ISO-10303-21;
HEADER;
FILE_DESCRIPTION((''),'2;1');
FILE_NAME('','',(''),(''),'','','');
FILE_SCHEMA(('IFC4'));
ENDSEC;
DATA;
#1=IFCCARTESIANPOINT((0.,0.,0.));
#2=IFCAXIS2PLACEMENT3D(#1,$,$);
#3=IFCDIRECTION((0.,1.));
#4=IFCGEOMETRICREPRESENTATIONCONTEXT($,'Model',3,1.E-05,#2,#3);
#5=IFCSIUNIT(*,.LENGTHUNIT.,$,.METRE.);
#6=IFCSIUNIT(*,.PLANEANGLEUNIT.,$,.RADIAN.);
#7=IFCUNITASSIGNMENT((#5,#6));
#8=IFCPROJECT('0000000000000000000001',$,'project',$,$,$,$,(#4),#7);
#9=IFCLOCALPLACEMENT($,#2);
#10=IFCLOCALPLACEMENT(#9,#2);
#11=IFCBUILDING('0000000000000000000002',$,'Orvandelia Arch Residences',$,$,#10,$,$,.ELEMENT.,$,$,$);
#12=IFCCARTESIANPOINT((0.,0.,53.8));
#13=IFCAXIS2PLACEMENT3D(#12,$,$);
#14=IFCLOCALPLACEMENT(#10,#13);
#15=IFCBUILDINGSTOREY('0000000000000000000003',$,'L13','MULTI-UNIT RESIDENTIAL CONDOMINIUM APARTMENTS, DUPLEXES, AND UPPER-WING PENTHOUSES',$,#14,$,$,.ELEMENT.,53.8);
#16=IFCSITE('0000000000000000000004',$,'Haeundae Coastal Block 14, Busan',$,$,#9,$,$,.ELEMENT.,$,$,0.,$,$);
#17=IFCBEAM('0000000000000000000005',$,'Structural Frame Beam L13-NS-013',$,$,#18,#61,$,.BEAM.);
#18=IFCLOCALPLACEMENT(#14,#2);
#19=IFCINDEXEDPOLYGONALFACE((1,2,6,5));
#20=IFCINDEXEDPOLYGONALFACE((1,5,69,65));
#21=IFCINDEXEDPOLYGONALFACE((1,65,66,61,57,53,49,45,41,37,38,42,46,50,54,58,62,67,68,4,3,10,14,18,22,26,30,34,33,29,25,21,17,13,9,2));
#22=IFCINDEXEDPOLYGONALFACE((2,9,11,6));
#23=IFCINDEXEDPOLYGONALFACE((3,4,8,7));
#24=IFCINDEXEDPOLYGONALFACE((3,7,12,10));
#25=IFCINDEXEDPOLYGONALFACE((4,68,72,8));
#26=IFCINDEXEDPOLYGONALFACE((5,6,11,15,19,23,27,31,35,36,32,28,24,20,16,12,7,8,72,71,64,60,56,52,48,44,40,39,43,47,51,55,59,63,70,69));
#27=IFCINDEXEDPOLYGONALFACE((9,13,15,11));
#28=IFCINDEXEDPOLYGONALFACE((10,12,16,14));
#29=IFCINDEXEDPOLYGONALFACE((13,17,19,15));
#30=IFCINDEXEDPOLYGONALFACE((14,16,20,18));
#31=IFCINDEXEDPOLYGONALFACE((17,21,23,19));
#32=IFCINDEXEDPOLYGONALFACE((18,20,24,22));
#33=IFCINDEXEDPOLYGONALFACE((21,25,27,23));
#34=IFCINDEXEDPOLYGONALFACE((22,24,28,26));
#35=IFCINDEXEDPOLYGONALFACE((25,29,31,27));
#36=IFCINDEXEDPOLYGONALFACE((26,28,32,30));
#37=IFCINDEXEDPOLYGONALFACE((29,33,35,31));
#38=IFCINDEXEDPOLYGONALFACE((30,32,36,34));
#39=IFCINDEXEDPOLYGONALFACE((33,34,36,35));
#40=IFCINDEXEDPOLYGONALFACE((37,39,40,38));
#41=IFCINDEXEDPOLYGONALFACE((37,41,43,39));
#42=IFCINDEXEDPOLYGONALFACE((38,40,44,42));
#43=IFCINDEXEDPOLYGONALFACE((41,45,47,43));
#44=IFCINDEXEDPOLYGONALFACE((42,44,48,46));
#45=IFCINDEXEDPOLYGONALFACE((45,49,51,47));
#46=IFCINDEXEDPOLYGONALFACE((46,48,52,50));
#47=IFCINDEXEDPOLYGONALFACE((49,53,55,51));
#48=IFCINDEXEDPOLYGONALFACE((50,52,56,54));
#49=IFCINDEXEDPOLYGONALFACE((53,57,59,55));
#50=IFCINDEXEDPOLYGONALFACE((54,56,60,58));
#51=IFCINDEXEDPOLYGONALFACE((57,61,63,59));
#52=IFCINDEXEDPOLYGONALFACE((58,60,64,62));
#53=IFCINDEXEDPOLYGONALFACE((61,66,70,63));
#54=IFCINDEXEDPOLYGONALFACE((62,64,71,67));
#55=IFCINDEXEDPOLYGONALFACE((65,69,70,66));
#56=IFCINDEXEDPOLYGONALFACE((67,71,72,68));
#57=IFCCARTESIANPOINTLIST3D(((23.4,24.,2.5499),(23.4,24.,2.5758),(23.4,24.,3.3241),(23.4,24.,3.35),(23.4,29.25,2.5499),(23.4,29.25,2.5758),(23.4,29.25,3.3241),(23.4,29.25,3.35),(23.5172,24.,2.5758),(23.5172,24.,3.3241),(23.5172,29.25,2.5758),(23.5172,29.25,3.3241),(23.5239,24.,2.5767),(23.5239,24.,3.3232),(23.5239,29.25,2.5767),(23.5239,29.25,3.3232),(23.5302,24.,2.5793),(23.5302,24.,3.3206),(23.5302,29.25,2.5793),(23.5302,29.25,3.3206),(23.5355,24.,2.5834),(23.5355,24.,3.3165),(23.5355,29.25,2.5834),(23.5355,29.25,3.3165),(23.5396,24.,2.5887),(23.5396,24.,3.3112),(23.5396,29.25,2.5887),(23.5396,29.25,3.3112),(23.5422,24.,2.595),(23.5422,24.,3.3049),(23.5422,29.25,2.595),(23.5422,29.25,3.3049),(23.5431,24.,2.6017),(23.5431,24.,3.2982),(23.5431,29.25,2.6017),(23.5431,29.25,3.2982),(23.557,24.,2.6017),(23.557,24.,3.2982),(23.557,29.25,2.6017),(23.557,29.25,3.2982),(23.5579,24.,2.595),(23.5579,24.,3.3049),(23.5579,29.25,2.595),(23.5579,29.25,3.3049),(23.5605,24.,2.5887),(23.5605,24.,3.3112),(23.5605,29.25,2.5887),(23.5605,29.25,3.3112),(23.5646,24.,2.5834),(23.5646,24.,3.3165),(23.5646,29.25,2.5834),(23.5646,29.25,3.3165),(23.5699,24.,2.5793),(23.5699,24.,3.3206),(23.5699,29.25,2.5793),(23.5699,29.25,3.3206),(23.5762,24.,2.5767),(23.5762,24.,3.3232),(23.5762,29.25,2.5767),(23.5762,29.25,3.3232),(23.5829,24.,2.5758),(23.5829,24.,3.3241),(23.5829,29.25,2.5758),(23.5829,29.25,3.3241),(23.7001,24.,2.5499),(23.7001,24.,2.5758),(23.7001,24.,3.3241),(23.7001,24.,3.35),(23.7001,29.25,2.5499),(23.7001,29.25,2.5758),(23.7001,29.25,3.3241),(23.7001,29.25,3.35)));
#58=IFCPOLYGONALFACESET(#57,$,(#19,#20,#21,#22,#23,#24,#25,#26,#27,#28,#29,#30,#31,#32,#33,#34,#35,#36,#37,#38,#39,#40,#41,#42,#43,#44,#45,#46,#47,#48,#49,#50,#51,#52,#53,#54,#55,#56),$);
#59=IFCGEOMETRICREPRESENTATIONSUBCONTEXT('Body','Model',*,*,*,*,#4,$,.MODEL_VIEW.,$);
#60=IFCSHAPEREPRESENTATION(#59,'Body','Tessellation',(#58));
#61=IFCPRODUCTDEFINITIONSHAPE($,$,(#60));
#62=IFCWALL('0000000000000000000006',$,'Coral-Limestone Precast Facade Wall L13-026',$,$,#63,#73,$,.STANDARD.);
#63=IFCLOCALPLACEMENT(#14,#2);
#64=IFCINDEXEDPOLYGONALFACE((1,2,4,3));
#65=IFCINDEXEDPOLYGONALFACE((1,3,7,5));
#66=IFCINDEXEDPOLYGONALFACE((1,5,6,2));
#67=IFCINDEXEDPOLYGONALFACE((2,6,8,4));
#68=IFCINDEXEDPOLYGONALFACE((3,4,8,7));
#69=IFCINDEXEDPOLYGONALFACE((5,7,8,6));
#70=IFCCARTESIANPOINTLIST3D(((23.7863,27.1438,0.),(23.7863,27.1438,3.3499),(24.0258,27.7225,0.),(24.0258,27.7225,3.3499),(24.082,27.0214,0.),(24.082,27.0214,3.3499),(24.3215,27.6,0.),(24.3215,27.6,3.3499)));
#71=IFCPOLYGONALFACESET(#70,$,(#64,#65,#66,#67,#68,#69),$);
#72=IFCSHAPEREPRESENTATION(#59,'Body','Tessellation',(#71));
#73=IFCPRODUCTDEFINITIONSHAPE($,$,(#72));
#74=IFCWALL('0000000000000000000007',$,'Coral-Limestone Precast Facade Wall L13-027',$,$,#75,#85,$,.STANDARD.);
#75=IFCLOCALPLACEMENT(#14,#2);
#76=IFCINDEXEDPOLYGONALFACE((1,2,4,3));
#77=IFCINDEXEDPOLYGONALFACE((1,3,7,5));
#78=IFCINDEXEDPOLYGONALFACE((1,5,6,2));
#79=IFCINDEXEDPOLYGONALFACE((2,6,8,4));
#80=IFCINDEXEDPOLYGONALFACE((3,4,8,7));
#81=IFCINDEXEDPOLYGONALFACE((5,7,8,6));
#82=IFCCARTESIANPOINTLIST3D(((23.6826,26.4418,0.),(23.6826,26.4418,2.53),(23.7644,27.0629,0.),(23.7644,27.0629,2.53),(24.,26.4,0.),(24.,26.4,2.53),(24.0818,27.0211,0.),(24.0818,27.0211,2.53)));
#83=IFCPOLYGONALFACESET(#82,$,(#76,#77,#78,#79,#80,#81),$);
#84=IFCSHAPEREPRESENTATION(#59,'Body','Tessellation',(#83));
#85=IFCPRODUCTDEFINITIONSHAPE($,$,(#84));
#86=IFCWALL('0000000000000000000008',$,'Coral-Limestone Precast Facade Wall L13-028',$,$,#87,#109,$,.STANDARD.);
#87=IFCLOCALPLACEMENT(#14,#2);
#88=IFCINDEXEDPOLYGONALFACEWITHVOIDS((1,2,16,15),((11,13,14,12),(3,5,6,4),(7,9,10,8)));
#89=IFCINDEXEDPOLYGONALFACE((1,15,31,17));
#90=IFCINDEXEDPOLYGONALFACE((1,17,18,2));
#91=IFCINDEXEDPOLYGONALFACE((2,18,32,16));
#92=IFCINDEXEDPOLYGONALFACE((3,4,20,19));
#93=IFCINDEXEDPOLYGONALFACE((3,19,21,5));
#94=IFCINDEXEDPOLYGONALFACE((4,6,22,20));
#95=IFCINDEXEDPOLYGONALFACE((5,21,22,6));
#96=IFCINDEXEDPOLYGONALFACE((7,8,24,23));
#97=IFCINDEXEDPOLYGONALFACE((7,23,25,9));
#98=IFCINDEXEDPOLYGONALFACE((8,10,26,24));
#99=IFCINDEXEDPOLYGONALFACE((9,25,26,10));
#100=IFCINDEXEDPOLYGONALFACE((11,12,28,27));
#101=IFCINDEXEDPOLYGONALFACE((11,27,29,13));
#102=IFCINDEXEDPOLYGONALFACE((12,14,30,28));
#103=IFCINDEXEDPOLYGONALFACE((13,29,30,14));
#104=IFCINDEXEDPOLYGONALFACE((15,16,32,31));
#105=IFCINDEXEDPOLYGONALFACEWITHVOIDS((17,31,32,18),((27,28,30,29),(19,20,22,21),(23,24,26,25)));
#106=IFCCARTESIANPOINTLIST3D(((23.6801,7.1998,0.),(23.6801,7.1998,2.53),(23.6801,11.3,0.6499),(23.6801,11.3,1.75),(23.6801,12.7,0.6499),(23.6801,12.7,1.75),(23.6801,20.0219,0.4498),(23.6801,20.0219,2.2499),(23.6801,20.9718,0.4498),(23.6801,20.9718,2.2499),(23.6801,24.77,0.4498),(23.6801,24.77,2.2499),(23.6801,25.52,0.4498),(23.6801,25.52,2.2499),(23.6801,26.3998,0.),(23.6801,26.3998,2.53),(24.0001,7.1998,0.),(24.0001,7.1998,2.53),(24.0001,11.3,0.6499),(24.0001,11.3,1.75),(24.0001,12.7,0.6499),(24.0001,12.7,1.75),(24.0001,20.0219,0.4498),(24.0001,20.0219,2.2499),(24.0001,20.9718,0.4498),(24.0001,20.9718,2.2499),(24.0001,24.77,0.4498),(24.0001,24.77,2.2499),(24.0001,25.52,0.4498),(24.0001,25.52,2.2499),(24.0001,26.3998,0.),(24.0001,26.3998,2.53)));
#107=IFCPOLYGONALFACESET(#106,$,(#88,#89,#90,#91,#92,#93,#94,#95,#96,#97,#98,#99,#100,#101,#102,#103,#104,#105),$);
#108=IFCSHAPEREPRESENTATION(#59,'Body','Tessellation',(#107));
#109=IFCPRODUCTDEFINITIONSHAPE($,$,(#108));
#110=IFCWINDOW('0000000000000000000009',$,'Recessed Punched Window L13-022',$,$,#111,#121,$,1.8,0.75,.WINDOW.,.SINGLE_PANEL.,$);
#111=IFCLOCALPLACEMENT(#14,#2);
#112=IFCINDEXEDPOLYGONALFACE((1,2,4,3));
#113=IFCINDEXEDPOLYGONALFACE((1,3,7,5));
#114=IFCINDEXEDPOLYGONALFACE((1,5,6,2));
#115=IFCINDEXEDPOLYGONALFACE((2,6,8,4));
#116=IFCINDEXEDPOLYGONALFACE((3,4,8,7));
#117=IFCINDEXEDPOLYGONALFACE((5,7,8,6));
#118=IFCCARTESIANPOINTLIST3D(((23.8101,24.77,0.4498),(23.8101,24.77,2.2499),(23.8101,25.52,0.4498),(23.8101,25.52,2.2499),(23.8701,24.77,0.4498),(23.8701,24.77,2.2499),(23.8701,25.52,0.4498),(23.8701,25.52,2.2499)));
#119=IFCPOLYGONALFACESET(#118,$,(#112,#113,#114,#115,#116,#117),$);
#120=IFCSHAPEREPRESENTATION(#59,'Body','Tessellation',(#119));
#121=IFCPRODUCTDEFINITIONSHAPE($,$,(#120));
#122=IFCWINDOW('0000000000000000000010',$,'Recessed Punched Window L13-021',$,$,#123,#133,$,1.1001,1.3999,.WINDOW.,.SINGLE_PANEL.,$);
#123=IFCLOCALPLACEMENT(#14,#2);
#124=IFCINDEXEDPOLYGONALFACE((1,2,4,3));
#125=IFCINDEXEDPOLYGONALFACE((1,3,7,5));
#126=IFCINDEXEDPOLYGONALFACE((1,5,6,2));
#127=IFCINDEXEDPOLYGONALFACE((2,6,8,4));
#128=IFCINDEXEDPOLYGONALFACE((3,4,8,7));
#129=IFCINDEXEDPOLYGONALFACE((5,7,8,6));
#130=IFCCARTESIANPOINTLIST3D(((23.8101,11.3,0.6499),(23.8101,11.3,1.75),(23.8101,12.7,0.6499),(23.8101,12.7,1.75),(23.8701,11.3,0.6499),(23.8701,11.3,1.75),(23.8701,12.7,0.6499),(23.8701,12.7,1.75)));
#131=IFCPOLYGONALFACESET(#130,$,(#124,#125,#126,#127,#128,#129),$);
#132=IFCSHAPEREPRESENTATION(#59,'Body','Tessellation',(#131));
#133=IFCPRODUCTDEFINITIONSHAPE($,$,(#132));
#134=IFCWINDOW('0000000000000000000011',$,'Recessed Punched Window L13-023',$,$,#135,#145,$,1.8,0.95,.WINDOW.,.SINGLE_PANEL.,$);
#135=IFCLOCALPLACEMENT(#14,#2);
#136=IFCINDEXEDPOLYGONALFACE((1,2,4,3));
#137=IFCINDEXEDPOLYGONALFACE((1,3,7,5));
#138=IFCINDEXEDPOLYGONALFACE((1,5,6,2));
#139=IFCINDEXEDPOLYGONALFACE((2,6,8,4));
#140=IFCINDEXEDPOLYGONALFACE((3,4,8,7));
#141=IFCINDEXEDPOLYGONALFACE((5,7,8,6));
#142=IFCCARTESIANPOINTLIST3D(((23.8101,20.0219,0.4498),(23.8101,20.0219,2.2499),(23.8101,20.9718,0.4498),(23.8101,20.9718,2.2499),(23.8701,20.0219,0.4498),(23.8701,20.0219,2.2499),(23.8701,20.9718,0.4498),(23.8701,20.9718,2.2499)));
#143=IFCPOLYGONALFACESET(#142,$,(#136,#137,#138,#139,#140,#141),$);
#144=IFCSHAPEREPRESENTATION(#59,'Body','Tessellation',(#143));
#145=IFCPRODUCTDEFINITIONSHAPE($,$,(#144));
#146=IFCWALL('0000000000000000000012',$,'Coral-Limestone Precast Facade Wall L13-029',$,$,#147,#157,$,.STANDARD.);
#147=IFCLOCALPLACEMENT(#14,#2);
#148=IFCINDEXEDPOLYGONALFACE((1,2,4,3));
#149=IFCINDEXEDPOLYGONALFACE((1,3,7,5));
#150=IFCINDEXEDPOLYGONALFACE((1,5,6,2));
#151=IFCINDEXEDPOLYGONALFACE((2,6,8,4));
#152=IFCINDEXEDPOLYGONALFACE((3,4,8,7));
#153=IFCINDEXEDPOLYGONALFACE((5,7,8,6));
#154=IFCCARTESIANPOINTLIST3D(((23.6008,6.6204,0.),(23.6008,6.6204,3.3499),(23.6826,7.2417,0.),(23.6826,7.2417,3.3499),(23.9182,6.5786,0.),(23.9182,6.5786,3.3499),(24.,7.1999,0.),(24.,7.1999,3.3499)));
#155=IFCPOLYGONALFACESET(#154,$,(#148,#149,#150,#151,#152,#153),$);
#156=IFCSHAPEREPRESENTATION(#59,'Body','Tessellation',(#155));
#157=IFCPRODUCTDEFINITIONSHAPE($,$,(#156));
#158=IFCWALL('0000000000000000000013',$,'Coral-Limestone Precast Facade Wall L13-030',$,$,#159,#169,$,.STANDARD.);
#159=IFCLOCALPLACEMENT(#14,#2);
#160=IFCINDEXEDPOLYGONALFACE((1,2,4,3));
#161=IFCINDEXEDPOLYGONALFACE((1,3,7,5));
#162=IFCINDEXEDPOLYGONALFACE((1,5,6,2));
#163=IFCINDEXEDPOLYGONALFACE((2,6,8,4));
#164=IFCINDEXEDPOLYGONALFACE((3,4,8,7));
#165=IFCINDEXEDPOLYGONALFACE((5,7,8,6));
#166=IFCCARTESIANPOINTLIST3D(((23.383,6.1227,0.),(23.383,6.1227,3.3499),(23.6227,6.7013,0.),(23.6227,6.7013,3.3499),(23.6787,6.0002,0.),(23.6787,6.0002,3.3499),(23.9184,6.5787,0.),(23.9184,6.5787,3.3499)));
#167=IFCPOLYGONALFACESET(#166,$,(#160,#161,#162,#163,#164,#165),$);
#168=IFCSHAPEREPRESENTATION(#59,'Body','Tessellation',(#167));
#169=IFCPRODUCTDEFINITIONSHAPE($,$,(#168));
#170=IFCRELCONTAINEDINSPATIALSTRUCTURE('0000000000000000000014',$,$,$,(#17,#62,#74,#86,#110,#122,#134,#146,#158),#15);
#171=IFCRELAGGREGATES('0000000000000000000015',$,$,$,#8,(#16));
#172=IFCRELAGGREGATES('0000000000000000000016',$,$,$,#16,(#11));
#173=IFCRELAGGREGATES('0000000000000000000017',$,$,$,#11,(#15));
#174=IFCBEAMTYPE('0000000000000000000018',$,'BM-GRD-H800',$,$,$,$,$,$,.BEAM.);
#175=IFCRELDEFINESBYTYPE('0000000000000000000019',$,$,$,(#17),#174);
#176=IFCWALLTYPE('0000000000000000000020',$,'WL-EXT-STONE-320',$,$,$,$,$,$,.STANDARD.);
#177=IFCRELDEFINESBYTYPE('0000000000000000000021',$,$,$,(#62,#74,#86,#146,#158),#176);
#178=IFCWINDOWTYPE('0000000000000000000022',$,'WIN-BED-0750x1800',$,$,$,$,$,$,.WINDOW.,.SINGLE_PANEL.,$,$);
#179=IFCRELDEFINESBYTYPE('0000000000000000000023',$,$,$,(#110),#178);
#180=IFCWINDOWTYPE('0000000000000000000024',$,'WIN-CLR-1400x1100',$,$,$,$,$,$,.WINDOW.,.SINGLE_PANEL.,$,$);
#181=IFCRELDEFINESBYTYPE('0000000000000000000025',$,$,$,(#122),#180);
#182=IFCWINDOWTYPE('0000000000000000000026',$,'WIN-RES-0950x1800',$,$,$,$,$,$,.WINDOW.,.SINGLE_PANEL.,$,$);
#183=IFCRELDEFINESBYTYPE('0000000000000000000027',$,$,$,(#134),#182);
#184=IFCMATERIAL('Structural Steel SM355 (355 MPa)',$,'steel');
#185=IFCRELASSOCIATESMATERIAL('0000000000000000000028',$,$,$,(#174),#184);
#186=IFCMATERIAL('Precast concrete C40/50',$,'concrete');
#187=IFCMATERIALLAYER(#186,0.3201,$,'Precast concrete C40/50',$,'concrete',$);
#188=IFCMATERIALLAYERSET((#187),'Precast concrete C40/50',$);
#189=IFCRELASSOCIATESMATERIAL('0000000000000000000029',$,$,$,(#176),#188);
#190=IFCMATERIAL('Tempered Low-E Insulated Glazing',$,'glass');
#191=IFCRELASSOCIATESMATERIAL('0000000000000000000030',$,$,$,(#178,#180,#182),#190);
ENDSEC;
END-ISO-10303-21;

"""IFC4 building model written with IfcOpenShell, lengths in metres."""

from ifc_helpers import new_model, si_unit, direction, frame, frame_2d, origin, origin_2d, place, context, subcontext, project, spatial, rectangle, i_section, extrude, material, layer, layer_set, material_profile, profile_set, type_object, element, fill, save


model = new_model("IFC4")

# Units and contexts
model_context = context("Model", 3, precision=1e-05, world=origin(), true_north=direction((0.0, 1.0)))
body_context = subcontext(model_context, "Body", "Model", "MODEL_VIEW")
ifc_project = project(units=[si_unit("LENGTHUNIT", "METRE"), si_unit("PLANEANGLEUNIT", "RADIAN")], contexts=[model_context])

# Site, building, storey
site_placement = place(None, origin())
site = spatial("IfcSite", under=ifc_project, at=site_placement, Name="Haeundae Coastal Block 14, Busan", CompositionType="ELEMENT", RefElevation=0.0)
building_placement = place(site_placement, origin())
building = spatial("IfcBuilding", under=site, at=building_placement, Name="Orvandelia Arch Residences", CompositionType="ELEMENT")
storey_placement = place(building_placement, frame((0.0, 0.0, 53.8)))
storey = spatial("IfcBuildingStorey", under=building, at=storey_placement, Name="L13", Description="MULTI-UNIT RESIDENTIAL CONDOMINIUM APARTMENTS, DUPLEXES, AND UPPER-WING PENTHOUSES", CompositionType="ELEMENT", Elevation=53.8)

# Beam
ifc_material_1 = material(Name="Structural Steel SM355 (355 MPa)", Category="steel")
ifc_material_profile_1 = material_profile(ifc_material_1, i_section(OverallWidth=0.3, OverallDepth=0.8, WebThickness=0.0139, FlangeThickness=0.0259, FilletRadius=0.0259, at=origin_2d()), Name="Structural Steel SM355 (355 MPa)", Category="steel")
ifc_profile_set_1 = profile_set([ifc_material_profile_1], Name="Structural Steel SM355 (355 MPa)")
beam_type = type_object("IfcBeamType", Name="BM-GRD-H800", PredefinedType="BEAM", material=ifc_profile_set_1)
beam_1_placement = place(storey_placement, frame((23.55, 24.0, 2.95), z_axis=(0.0, 1.0, 0.0), x_axis=(-1.0, 0.0, 0.0)))
element("IfcBeam", 1, at=beam_1_placement, inside=storey, type_object=beam_type, Name="Structural Frame Beam L13-NS-013", PredefinedType="BEAM", context=body_context, shape_type="SweptSolid", body=[
    extrude(i_section(OverallWidth=0.3, OverallDepth=0.8, WebThickness=0.0139, FlangeThickness=0.0259, FilletRadius=0.0259, at=origin_2d()), origin(), (0.0, 0.0, 1.0), 5.25),
])

# Walls
ifc_material_2 = material(Name="Precast concrete C40/50", Category="concrete")
ifc_layer_1 = layer(ifc_material_2, 0.3201, Name="Precast concrete C40/50", Category="concrete")
ifc_layer_set_1 = layer_set([ifc_layer_1], Name="Precast concrete C40/50")
wall_type_1 = type_object("IfcWallType", Name="WL-EXT-STONE-320", PredefinedType="STANDARD", material=ifc_layer_set_1)
wall_1_placement = place(storey_placement, frame((24.1736, 27.6611, 0.0), z_axis=(0.0, 0.0, 1.0), x_axis=(-0.382455, -0.923974, 0.0)))
element("IfcWall", 2, at=wall_1_placement, inside=storey, type_object=wall_type_1, Name="Coral-Limestone Precast Facade Wall L13-026", PredefinedType="STANDARD", context=body_context, shape_type="SweptSolid", body=[
    extrude(rectangle(XDim=0.6262, YDim=0.3201, at=frame_2d((0.313, 0.0))), origin(), (0.0, 0.0, 1.0), 3.3499),
])
wall_2_placement = place(storey_placement, frame((23.9231, 27.042, 0.0), z_axis=(0.0, 0.0, 1.0), x_axis=(-0.130555, -0.991441, 0.0)))
element("IfcWall", 3, at=wall_2_placement, inside=storey, type_object=wall_type_1, Name="Coral-Limestone Precast Facade Wall L13-027", PredefinedType="STANDARD", context=body_context, shape_type="SweptSolid", body=[
    extrude(rectangle(XDim=0.6265, YDim=0.3201, at=frame_2d((0.3132, 0.0))), origin(), (0.0, 0.0, 1.0), 2.53),
])

# Wall, openings, windows
wall_3_placement = place(storey_placement, frame((23.8401, 26.3999, 0.0), z_axis=(0.0, 0.0, 1.0), x_axis=(0.0, -1.0, 0.0)))
wall_3 = element("IfcWall", 4, at=wall_3_placement, inside=storey, type_object=wall_type_1, Name="Coral-Limestone Precast Facade Wall L13-028", PredefinedType="STANDARD", context=body_context, shape_type="SweptSolid", body=[
    extrude(rectangle(XDim=19.2, YDim=0.3201, at=frame_2d((9.6001, 0.0))), origin(), (0.0, 0.0, 1.0), 2.53),
])
opening_1_placement = place(wall_3_placement, frame((13.7, 0.0, 0.6499)))
opening_1 = element("IfcOpeningElement", 5, at=opening_1_placement, cuts=wall_3, PredefinedType="OPENING", context=body_context, shape_type="SweptSolid", body=[
    extrude(rectangle(XDim=1.3999, YDim=1.1001, at=frame_2d((0.7, 0.55))), frame((0.0, 0.1699, 0.0), z_axis=(0.0, -1.0, 0.0), x_axis=(1.0, 0.0, 0.0)), (0.0, 0.0, 1.0), 0.3401),
])
opening_2_placement = place(wall_3_placement, frame((0.8799, 0.0, 0.45)))
opening_2 = element("IfcOpeningElement", 6, at=opening_2_placement, cuts=wall_3, PredefinedType="OPENING", context=body_context, shape_type="SweptSolid", body=[
    extrude(rectangle(XDim=0.75, YDim=1.8, at=frame_2d((0.375, 0.8999))), frame((0.0, 0.1699, 0.0), z_axis=(0.0, -1.0, 0.0), x_axis=(1.0, 0.0, 0.0)), (0.0, 0.0, 1.0), 0.3401),
])
opening_3_placement = place(wall_3_placement, frame((5.428, 0.0, 0.45)))
opening_3 = element("IfcOpeningElement", 7, at=opening_3_placement, cuts=wall_3, PredefinedType="OPENING", context=body_context, shape_type="SweptSolid", body=[
    extrude(rectangle(XDim=0.95, YDim=1.8, at=frame_2d((0.4751, 0.8999))), frame((0.0, 0.1699, 0.0), z_axis=(0.0, -1.0, 0.0), x_axis=(1.0, 0.0, 0.0)), (0.0, 0.0, 1.0), 0.3401),
])
ifc_material_3 = material(Name="Tempered Low-E Insulated Glazing", Category="glass")
window_type_1 = type_object("IfcWindowType", Name="WIN-BED-0750x1800", PartitioningType="SINGLE_PANEL", PredefinedType="WINDOW", material=ifc_material_3)
window_1_placement = place(opening_2_placement, origin())
window_1 = element("IfcWindow", 8, at=window_1_placement, inside=storey, type_object=window_type_1, Name="Recessed Punched Window L13-022", OverallHeight=1.8, OverallWidth=0.75, PartitioningType="SINGLE_PANEL", PredefinedType="WINDOW", context=body_context, shape_type="SweptSolid", body=[
    extrude(rectangle(XDim=0.75, YDim=1.8, at=frame_2d((0.375, 0.8999))), frame((0.0, 0.03, 0.0), z_axis=(0.0, -1.0, 0.0), x_axis=(1.0, 0.0, 0.0)), (0.0, 0.0, 1.0), 0.0601),
])
fill(opening_2, window_1)
window_type_2 = type_object("IfcWindowType", Name="WIN-CLR-1400x1100", PartitioningType="SINGLE_PANEL", PredefinedType="WINDOW", material=ifc_material_3)
window_2_placement = place(opening_1_placement, origin())
window_2 = element("IfcWindow", 9, at=window_2_placement, inside=storey, type_object=window_type_2, Name="Recessed Punched Window L13-021", OverallHeight=1.1001, OverallWidth=1.3999, PartitioningType="SINGLE_PANEL", PredefinedType="WINDOW", context=body_context, shape_type="SweptSolid", body=[
    extrude(rectangle(XDim=1.3999, YDim=1.1001, at=frame_2d((0.7, 0.55))), frame((0.0, 0.03, 0.0), z_axis=(0.0, -1.0, 0.0), x_axis=(1.0, 0.0, 0.0)), (0.0, 0.0, 1.0), 0.0601),
])
fill(opening_1, window_2)
window_type_3 = type_object("IfcWindowType", Name="WIN-RES-0950x1800", PartitioningType="SINGLE_PANEL", PredefinedType="WINDOW", material=ifc_material_3)
window_3_placement = place(opening_3_placement, origin())
window_3 = element("IfcWindow", 10, at=window_3_placement, inside=storey, type_object=window_type_3, Name="Recessed Punched Window L13-023", OverallHeight=1.8, OverallWidth=0.95, PartitioningType="SINGLE_PANEL", PredefinedType="WINDOW", context=body_context, shape_type="SweptSolid", body=[
    extrude(rectangle(XDim=0.95, YDim=1.8, at=frame_2d((0.4751, 0.8999))), frame((0.0, 0.03, 0.0), z_axis=(0.0, -1.0, 0.0), x_axis=(1.0, 0.0, 0.0)), (0.0, 0.0, 1.0), 0.0601),
])
fill(opening_3, window_3)

# Walls
wall_4_placement = place(storey_placement, frame((23.8413, 7.2209, 0.0), z_axis=(0.0, 0.0, 1.0), x_axis=(-0.130505, -0.991448, 0.0)))
element("IfcWall", 11, at=wall_4_placement, inside=storey, type_object=wall_type_1, Name="Coral-Limestone Precast Facade Wall L13-029", PredefinedType="STANDARD", context=body_context, shape_type="SweptSolid", body=[
    extrude(rectangle(XDim=0.6267, YDim=0.3201, at=frame_2d((0.3135, 0.0))), origin(), (0.0, 0.0, 1.0), 3.3499),
])
wall_5_placement = place(storey_placement, frame((23.7705, 6.6399, 0.0), z_axis=(0.0, 0.0, 1.0), x_axis=(-0.382788, -0.923836, 0.0)))
element("IfcWall", 12, at=wall_5_placement, inside=storey, type_object=wall_type_1, Name="Coral-Limestone Precast Facade Wall L13-030", PredefinedType="STANDARD", context=body_context, shape_type="SweptSolid", body=[
    extrude(rectangle(XDim=0.6262, YDim=0.3201, at=frame_2d((0.313, 0.0))), origin(), (0.0, 0.0, 1.0), 3.3499),
])

save(model, "model.ifc")
